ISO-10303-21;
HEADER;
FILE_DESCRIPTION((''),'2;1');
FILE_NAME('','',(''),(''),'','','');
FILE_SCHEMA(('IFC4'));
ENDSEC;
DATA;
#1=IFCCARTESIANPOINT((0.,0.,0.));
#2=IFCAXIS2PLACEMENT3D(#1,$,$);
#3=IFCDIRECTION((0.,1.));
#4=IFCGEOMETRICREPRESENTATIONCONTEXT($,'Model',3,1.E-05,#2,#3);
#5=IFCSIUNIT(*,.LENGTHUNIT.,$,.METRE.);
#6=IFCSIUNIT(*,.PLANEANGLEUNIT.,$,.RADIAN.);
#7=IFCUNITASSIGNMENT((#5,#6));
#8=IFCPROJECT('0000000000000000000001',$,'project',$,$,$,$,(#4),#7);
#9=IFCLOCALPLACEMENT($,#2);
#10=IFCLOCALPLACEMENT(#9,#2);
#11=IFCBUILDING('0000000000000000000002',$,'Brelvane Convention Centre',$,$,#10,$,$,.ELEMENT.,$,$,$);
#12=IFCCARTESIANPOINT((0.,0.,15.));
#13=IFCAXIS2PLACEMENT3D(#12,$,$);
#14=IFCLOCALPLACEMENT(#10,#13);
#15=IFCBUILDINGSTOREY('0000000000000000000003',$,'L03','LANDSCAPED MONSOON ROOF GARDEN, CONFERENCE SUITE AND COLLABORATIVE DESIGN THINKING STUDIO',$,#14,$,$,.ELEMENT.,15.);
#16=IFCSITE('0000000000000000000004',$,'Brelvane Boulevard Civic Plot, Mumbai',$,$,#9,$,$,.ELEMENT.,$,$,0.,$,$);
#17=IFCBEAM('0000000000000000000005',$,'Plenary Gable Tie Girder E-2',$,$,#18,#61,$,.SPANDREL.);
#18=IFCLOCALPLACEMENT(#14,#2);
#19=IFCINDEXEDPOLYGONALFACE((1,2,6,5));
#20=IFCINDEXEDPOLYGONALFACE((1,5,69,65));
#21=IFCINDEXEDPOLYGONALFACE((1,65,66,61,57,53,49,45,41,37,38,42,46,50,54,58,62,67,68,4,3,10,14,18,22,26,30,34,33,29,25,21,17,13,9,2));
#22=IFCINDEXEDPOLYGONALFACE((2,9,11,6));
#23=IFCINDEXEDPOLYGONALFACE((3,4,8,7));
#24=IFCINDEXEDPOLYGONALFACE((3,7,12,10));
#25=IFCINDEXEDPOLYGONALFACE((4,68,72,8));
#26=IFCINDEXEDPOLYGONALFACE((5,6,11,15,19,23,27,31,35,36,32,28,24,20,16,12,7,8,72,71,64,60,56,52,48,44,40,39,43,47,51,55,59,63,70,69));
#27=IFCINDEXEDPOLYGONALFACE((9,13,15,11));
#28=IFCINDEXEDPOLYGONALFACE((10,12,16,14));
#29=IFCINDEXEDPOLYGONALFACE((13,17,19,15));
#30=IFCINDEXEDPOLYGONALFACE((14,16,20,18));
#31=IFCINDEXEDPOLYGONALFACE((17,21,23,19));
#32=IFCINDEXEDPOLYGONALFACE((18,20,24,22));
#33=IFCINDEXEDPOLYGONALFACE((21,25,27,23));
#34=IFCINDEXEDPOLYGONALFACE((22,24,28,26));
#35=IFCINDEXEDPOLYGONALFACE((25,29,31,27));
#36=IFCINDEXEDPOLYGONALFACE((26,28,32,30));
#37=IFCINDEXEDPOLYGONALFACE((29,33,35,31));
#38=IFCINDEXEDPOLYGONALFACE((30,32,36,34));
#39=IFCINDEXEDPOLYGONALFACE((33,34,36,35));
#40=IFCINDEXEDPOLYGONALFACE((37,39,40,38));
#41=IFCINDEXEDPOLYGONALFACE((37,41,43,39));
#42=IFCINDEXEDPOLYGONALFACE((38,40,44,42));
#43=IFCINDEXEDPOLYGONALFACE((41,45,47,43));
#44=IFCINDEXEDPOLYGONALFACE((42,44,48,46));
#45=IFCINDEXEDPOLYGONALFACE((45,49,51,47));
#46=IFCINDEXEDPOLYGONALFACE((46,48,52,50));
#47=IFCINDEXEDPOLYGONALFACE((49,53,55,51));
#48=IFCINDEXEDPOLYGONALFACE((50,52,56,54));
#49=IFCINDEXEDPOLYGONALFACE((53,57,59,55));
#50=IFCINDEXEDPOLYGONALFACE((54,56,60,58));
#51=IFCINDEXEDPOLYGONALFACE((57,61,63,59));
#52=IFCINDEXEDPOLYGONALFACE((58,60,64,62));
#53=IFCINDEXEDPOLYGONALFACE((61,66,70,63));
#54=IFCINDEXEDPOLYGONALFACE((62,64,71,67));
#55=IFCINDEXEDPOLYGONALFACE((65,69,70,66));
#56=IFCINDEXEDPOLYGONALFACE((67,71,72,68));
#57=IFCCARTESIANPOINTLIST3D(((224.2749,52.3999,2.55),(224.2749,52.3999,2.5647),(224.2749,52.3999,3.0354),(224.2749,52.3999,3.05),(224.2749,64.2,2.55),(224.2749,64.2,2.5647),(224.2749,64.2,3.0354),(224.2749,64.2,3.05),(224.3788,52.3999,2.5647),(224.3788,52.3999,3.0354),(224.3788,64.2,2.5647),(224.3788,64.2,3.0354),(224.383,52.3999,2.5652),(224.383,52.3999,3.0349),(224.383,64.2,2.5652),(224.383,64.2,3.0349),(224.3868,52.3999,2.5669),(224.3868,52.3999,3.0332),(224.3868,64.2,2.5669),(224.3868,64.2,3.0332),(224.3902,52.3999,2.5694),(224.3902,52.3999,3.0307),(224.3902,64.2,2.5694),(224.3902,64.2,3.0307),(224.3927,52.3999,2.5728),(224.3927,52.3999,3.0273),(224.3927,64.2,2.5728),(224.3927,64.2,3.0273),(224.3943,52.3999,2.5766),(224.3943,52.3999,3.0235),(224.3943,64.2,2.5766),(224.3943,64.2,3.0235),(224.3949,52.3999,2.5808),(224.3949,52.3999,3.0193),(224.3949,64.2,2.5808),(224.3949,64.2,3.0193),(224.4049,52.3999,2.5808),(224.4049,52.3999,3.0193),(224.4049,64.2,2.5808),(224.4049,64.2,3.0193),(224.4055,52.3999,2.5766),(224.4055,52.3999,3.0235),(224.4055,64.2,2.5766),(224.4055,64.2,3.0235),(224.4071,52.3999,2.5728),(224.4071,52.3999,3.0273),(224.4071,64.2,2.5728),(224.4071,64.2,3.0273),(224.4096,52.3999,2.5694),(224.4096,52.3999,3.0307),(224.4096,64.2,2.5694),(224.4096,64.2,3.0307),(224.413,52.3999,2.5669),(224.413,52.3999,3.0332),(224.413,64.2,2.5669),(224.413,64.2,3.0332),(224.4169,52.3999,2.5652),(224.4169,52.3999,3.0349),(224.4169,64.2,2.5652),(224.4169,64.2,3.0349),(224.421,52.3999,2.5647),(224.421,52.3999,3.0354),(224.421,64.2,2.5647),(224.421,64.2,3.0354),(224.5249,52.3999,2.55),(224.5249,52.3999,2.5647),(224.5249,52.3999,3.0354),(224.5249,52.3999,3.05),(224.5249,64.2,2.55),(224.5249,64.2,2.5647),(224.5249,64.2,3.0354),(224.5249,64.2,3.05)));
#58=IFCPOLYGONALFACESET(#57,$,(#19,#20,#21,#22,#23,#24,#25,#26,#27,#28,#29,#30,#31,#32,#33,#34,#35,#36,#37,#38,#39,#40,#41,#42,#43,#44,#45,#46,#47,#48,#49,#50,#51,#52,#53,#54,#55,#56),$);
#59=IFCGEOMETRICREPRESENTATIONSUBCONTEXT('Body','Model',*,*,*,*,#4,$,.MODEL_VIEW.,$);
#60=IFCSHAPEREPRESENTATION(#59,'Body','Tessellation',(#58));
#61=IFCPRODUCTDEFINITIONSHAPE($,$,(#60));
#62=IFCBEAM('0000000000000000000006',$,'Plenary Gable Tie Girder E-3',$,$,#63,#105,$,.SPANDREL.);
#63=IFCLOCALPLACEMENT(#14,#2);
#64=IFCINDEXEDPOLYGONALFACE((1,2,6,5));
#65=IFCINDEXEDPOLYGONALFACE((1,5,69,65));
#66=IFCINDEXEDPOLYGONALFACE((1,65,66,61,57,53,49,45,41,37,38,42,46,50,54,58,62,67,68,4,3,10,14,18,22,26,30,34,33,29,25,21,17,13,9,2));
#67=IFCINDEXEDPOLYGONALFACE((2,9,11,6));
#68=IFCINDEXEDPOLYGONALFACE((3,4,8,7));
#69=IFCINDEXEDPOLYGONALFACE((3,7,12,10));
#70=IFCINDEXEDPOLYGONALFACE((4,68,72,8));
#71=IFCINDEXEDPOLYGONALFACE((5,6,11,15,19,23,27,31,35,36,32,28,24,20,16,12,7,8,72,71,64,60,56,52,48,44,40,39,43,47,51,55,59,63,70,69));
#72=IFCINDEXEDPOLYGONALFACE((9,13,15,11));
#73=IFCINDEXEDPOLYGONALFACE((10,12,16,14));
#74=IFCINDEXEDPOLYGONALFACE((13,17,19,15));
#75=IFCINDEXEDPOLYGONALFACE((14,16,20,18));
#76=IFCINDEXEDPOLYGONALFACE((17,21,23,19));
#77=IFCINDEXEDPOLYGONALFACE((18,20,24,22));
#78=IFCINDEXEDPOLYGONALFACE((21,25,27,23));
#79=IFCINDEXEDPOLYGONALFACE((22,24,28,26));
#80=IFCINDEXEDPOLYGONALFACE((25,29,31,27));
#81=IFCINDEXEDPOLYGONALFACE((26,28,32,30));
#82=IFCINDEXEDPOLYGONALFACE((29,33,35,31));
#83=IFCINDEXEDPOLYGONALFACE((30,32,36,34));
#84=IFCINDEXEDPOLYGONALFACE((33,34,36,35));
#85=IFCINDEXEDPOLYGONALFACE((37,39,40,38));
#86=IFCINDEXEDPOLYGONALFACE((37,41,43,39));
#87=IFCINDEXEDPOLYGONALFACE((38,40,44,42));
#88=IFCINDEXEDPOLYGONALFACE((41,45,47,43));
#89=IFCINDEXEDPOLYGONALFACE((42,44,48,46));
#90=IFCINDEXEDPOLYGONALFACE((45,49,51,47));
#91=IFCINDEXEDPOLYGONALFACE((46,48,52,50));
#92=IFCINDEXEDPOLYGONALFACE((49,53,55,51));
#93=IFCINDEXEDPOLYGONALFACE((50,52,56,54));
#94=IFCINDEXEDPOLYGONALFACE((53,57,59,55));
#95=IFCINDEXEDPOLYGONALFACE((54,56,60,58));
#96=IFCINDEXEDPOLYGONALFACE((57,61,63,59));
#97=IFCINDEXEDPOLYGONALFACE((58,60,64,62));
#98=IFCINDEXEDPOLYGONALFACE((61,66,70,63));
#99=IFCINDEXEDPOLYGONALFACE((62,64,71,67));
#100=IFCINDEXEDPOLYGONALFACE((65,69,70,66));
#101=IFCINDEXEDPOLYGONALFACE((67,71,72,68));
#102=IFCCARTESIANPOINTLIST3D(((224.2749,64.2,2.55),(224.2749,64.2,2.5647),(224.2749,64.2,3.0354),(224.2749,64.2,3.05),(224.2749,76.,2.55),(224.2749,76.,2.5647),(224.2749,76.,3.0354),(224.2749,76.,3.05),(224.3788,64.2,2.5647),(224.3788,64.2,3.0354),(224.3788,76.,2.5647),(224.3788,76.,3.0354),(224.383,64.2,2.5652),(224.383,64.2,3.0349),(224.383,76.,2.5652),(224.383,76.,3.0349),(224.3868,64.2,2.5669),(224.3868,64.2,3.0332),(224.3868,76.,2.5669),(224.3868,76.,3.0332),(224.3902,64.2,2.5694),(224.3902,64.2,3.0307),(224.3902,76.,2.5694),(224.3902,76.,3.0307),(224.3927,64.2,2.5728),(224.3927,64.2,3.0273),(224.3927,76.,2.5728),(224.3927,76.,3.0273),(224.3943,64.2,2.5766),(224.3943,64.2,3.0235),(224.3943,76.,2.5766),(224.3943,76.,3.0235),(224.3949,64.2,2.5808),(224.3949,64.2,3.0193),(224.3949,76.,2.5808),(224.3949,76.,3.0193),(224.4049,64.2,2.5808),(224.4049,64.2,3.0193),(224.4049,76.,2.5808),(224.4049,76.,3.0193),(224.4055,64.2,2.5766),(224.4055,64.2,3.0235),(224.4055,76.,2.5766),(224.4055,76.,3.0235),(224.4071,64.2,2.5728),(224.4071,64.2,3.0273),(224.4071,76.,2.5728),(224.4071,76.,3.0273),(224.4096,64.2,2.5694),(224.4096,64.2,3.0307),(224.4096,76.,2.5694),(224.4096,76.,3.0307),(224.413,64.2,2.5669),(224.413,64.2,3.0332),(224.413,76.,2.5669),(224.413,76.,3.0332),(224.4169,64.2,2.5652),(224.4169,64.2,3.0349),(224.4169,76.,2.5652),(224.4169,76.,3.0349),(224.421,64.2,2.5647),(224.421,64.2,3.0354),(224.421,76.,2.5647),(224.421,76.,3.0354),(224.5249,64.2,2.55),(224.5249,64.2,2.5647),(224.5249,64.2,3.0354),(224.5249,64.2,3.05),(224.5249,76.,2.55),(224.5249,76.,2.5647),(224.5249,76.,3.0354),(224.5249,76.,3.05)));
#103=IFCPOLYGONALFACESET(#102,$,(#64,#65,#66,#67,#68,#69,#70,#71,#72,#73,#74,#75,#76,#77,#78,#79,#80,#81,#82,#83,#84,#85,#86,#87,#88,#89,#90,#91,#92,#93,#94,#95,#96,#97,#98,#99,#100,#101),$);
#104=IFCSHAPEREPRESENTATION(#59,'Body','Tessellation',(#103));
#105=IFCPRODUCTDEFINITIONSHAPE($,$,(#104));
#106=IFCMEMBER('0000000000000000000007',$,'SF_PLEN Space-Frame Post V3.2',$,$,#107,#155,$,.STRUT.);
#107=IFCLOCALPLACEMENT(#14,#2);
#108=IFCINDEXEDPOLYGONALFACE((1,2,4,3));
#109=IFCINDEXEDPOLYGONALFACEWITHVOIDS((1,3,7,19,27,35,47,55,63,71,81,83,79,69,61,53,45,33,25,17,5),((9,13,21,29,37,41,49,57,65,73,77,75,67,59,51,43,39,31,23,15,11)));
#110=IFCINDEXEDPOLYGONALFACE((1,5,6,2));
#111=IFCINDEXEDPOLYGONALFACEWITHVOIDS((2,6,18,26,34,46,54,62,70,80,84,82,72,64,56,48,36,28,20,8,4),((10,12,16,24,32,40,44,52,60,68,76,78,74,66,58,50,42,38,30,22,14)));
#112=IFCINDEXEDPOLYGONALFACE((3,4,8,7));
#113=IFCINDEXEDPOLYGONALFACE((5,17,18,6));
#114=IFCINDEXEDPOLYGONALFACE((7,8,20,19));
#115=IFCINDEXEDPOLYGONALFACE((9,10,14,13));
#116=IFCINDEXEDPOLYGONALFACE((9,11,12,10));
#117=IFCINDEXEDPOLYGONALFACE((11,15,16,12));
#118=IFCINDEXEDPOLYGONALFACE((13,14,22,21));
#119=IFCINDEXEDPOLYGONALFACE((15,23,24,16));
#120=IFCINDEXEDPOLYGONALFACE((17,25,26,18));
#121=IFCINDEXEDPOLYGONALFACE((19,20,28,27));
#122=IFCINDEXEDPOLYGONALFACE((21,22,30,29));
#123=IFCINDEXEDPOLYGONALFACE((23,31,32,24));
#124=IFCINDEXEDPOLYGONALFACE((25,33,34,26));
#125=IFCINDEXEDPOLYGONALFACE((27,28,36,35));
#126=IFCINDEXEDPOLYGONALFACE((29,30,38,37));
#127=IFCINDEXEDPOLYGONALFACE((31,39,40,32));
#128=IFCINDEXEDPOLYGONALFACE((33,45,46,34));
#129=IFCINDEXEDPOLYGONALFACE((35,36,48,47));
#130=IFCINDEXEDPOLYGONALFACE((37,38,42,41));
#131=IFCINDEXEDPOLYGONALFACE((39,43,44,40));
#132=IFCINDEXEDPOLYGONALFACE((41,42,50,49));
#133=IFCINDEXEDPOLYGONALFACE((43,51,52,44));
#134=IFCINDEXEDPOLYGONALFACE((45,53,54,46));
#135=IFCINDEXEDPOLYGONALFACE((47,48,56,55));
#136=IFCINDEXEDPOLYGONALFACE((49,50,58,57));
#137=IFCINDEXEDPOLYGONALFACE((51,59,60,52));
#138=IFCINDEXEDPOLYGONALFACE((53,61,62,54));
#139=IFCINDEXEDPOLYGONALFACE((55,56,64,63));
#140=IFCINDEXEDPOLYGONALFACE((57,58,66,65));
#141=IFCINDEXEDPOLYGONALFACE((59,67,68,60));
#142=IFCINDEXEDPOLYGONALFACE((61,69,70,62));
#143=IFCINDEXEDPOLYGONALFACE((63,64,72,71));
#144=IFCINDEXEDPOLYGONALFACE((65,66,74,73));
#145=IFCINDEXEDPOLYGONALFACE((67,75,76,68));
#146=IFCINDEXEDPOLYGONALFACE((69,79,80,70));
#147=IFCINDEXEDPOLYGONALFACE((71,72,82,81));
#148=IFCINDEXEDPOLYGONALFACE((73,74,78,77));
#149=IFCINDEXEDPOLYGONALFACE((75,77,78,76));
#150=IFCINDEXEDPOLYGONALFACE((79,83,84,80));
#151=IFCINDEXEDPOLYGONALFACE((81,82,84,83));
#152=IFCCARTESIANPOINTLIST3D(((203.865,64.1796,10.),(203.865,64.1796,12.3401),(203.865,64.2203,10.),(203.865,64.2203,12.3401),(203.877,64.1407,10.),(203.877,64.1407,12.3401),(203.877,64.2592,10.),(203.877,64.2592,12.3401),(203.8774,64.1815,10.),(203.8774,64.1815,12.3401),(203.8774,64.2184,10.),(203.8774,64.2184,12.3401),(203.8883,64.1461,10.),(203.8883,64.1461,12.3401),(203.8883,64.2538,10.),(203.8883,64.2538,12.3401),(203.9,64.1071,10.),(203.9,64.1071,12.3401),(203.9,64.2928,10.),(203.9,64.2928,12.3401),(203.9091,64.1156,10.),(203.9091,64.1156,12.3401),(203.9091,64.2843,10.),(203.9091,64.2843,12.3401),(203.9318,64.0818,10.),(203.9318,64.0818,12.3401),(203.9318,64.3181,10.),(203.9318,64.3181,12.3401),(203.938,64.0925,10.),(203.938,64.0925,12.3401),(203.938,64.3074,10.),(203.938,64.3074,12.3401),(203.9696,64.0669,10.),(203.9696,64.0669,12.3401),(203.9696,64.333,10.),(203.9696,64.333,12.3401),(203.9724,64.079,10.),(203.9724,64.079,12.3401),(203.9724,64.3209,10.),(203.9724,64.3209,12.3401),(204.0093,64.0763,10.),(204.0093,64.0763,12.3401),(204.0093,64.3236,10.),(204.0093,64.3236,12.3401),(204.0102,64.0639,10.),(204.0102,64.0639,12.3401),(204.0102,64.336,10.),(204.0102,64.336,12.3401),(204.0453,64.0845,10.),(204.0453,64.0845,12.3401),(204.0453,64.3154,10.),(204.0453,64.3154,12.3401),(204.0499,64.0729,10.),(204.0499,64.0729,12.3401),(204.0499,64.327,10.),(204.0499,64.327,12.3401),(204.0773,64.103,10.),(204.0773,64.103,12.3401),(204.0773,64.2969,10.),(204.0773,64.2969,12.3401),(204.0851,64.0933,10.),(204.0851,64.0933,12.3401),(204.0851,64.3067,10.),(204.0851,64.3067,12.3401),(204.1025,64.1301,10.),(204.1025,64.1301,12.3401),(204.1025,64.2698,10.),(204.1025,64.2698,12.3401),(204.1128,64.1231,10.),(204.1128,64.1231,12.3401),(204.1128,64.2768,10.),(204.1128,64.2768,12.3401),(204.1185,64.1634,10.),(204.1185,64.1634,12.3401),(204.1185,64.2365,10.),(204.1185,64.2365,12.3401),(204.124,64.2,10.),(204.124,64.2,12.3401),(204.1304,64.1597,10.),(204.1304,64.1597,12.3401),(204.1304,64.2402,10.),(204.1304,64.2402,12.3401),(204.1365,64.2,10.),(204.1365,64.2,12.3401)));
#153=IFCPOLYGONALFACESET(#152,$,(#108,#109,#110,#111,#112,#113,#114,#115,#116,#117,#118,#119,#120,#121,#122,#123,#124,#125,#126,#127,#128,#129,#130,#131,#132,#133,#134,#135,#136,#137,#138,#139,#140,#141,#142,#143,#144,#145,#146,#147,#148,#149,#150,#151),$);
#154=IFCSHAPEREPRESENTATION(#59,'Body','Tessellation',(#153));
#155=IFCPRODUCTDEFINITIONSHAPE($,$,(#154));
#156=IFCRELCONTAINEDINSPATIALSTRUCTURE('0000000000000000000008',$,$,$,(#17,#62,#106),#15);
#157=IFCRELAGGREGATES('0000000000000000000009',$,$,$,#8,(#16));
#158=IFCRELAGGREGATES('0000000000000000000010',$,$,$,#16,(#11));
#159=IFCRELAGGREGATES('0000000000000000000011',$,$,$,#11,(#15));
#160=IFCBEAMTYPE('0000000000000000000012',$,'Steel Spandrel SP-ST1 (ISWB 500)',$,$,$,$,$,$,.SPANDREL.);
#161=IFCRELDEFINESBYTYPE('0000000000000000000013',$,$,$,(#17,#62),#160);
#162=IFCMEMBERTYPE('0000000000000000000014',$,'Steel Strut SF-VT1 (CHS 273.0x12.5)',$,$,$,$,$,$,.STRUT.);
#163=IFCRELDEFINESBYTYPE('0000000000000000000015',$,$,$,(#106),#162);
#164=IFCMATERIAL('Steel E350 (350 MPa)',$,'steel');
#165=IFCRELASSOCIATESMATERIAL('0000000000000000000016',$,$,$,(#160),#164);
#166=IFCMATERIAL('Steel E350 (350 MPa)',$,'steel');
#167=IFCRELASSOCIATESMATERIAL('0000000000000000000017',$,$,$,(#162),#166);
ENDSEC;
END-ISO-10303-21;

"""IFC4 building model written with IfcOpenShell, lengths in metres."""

from ifc_helpers import new_model, si_unit, direction, frame, origin, origin_2d, place, context, subcontext, project, spatial, hollow_circle, i_section, extrude, material, material_profile, profile_set, type_object, element, save


model = new_model("IFC4")

# Units and contexts
model_context = context("Model", 3, precision=1e-05, world=origin(), true_north=direction((0.0, 1.0)))
body_context = subcontext(model_context, "Body", "Model", "MODEL_VIEW")
ifc_project = project(units=[si_unit("LENGTHUNIT", "METRE"), si_unit("PLANEANGLEUNIT", "RADIAN")], contexts=[model_context])

# Site, building, storey
site_placement = place(None, origin())
site = spatial("IfcSite", under=ifc_project, at=site_placement, Name="Brelvane Boulevard Civic Plot, Mumbai", CompositionType="ELEMENT", RefElevation=0.0)
building_placement = place(site_placement, origin())
building = spatial("IfcBuilding", under=site, at=building_placement, Name="Brelvane Convention Centre", CompositionType="ELEMENT")
storey_placement = place(building_placement, frame((0.0, 0.0, 15.0)))
storey = spatial("IfcBuildingStorey", under=building, at=storey_placement, Name="L03", Description="LANDSCAPED MONSOON ROOF GARDEN, CONFERENCE SUITE AND COLLABORATIVE DESIGN THINKING STUDIO", CompositionType="ELEMENT", Elevation=15.0)

# Beams
ifc_material_1 = material(Name="Steel E350 (350 MPa)", Category="steel")
ifc_material_profile_1 = material_profile(ifc_material_1, i_section(OverallWidth=0.25, OverallDepth=0.5, WebThickness=0.01, FlangeThickness=0.0146, FilletRadius=0.0161, at=origin_2d()), Name="ISWB 500")
ifc_profile_set_1 = profile_set([ifc_material_profile_1], Name="Steel E350 (350 MPa)")
beam_type_1 = type_object("IfcBeamType", Name="Steel Spandrel SP-ST1 (ISWB 500)", PredefinedType="SPANDREL", material=ifc_profile_set_1)
for number, where, z_axis, x_axis, name in (
    (1, (224.3999, 52.3999, 2.8), (0.0, 1.0, 0.0), (-1.0, 0.0, 0.0), "Plenary Gable Tie Girder E-2"),
    (2, (224.3999, 64.2, 2.8), (0.0, 1.0, 0.0), (-1.0, 0.0, 0.0), "Plenary Gable Tie Girder E-3"),
):
    element("IfcBeam", number, at=place(storey_placement, frame(where, z_axis=z_axis, x_axis=x_axis)), inside=storey, type_object=beam_type_1, Name=name, PredefinedType="SPANDREL", context=body_context, shape_type="SweptSolid", body=[
        extrude(i_section(OverallWidth=0.25, OverallDepth=0.5, WebThickness=0.01, FlangeThickness=0.0146, FilletRadius=0.0161, at=origin_2d()), origin(), (0.0, 0.0, 1.0), 11.8),
    ])

# Member
ifc_material_2 = material(Name="Steel E350 (350 MPa)", Category="steel")
ifc_material_profile_2 = material_profile(ifc_material_2, hollow_circle(Radius=0.1365, WallThickness=0.0125, at=origin_2d()), Name="CHS 273.0x12.5")
ifc_profile_set_2 = profile_set([ifc_material_profile_2], Name="Steel E350 (350 MPa)")
member_type_1 = type_object("IfcMemberType", Name="Steel Strut SF-VT1 (CHS 273.0x12.5)", PredefinedType="STRUT", material=ifc_profile_set_2)
member_1_placement = place(storey_placement, frame((204.0, 64.2, 10.0), z_axis=(0.0, 0.0, 1.0), x_axis=(1.0, 0.0, 0.0)))
element("IfcMember", 3, at=member_1_placement, inside=storey, type_object=member_type_1, Name="SF_PLEN Space-Frame Post V3.2", PredefinedType="STRUT", context=body_context, shape_type="SweptSolid", body=[
    extrude(hollow_circle(Radius=0.1365, WallThickness=0.0125, at=origin_2d()), origin(), (0.0, 0.0, 1.0), 2.3401),
])

save(model, "model.ifc")
